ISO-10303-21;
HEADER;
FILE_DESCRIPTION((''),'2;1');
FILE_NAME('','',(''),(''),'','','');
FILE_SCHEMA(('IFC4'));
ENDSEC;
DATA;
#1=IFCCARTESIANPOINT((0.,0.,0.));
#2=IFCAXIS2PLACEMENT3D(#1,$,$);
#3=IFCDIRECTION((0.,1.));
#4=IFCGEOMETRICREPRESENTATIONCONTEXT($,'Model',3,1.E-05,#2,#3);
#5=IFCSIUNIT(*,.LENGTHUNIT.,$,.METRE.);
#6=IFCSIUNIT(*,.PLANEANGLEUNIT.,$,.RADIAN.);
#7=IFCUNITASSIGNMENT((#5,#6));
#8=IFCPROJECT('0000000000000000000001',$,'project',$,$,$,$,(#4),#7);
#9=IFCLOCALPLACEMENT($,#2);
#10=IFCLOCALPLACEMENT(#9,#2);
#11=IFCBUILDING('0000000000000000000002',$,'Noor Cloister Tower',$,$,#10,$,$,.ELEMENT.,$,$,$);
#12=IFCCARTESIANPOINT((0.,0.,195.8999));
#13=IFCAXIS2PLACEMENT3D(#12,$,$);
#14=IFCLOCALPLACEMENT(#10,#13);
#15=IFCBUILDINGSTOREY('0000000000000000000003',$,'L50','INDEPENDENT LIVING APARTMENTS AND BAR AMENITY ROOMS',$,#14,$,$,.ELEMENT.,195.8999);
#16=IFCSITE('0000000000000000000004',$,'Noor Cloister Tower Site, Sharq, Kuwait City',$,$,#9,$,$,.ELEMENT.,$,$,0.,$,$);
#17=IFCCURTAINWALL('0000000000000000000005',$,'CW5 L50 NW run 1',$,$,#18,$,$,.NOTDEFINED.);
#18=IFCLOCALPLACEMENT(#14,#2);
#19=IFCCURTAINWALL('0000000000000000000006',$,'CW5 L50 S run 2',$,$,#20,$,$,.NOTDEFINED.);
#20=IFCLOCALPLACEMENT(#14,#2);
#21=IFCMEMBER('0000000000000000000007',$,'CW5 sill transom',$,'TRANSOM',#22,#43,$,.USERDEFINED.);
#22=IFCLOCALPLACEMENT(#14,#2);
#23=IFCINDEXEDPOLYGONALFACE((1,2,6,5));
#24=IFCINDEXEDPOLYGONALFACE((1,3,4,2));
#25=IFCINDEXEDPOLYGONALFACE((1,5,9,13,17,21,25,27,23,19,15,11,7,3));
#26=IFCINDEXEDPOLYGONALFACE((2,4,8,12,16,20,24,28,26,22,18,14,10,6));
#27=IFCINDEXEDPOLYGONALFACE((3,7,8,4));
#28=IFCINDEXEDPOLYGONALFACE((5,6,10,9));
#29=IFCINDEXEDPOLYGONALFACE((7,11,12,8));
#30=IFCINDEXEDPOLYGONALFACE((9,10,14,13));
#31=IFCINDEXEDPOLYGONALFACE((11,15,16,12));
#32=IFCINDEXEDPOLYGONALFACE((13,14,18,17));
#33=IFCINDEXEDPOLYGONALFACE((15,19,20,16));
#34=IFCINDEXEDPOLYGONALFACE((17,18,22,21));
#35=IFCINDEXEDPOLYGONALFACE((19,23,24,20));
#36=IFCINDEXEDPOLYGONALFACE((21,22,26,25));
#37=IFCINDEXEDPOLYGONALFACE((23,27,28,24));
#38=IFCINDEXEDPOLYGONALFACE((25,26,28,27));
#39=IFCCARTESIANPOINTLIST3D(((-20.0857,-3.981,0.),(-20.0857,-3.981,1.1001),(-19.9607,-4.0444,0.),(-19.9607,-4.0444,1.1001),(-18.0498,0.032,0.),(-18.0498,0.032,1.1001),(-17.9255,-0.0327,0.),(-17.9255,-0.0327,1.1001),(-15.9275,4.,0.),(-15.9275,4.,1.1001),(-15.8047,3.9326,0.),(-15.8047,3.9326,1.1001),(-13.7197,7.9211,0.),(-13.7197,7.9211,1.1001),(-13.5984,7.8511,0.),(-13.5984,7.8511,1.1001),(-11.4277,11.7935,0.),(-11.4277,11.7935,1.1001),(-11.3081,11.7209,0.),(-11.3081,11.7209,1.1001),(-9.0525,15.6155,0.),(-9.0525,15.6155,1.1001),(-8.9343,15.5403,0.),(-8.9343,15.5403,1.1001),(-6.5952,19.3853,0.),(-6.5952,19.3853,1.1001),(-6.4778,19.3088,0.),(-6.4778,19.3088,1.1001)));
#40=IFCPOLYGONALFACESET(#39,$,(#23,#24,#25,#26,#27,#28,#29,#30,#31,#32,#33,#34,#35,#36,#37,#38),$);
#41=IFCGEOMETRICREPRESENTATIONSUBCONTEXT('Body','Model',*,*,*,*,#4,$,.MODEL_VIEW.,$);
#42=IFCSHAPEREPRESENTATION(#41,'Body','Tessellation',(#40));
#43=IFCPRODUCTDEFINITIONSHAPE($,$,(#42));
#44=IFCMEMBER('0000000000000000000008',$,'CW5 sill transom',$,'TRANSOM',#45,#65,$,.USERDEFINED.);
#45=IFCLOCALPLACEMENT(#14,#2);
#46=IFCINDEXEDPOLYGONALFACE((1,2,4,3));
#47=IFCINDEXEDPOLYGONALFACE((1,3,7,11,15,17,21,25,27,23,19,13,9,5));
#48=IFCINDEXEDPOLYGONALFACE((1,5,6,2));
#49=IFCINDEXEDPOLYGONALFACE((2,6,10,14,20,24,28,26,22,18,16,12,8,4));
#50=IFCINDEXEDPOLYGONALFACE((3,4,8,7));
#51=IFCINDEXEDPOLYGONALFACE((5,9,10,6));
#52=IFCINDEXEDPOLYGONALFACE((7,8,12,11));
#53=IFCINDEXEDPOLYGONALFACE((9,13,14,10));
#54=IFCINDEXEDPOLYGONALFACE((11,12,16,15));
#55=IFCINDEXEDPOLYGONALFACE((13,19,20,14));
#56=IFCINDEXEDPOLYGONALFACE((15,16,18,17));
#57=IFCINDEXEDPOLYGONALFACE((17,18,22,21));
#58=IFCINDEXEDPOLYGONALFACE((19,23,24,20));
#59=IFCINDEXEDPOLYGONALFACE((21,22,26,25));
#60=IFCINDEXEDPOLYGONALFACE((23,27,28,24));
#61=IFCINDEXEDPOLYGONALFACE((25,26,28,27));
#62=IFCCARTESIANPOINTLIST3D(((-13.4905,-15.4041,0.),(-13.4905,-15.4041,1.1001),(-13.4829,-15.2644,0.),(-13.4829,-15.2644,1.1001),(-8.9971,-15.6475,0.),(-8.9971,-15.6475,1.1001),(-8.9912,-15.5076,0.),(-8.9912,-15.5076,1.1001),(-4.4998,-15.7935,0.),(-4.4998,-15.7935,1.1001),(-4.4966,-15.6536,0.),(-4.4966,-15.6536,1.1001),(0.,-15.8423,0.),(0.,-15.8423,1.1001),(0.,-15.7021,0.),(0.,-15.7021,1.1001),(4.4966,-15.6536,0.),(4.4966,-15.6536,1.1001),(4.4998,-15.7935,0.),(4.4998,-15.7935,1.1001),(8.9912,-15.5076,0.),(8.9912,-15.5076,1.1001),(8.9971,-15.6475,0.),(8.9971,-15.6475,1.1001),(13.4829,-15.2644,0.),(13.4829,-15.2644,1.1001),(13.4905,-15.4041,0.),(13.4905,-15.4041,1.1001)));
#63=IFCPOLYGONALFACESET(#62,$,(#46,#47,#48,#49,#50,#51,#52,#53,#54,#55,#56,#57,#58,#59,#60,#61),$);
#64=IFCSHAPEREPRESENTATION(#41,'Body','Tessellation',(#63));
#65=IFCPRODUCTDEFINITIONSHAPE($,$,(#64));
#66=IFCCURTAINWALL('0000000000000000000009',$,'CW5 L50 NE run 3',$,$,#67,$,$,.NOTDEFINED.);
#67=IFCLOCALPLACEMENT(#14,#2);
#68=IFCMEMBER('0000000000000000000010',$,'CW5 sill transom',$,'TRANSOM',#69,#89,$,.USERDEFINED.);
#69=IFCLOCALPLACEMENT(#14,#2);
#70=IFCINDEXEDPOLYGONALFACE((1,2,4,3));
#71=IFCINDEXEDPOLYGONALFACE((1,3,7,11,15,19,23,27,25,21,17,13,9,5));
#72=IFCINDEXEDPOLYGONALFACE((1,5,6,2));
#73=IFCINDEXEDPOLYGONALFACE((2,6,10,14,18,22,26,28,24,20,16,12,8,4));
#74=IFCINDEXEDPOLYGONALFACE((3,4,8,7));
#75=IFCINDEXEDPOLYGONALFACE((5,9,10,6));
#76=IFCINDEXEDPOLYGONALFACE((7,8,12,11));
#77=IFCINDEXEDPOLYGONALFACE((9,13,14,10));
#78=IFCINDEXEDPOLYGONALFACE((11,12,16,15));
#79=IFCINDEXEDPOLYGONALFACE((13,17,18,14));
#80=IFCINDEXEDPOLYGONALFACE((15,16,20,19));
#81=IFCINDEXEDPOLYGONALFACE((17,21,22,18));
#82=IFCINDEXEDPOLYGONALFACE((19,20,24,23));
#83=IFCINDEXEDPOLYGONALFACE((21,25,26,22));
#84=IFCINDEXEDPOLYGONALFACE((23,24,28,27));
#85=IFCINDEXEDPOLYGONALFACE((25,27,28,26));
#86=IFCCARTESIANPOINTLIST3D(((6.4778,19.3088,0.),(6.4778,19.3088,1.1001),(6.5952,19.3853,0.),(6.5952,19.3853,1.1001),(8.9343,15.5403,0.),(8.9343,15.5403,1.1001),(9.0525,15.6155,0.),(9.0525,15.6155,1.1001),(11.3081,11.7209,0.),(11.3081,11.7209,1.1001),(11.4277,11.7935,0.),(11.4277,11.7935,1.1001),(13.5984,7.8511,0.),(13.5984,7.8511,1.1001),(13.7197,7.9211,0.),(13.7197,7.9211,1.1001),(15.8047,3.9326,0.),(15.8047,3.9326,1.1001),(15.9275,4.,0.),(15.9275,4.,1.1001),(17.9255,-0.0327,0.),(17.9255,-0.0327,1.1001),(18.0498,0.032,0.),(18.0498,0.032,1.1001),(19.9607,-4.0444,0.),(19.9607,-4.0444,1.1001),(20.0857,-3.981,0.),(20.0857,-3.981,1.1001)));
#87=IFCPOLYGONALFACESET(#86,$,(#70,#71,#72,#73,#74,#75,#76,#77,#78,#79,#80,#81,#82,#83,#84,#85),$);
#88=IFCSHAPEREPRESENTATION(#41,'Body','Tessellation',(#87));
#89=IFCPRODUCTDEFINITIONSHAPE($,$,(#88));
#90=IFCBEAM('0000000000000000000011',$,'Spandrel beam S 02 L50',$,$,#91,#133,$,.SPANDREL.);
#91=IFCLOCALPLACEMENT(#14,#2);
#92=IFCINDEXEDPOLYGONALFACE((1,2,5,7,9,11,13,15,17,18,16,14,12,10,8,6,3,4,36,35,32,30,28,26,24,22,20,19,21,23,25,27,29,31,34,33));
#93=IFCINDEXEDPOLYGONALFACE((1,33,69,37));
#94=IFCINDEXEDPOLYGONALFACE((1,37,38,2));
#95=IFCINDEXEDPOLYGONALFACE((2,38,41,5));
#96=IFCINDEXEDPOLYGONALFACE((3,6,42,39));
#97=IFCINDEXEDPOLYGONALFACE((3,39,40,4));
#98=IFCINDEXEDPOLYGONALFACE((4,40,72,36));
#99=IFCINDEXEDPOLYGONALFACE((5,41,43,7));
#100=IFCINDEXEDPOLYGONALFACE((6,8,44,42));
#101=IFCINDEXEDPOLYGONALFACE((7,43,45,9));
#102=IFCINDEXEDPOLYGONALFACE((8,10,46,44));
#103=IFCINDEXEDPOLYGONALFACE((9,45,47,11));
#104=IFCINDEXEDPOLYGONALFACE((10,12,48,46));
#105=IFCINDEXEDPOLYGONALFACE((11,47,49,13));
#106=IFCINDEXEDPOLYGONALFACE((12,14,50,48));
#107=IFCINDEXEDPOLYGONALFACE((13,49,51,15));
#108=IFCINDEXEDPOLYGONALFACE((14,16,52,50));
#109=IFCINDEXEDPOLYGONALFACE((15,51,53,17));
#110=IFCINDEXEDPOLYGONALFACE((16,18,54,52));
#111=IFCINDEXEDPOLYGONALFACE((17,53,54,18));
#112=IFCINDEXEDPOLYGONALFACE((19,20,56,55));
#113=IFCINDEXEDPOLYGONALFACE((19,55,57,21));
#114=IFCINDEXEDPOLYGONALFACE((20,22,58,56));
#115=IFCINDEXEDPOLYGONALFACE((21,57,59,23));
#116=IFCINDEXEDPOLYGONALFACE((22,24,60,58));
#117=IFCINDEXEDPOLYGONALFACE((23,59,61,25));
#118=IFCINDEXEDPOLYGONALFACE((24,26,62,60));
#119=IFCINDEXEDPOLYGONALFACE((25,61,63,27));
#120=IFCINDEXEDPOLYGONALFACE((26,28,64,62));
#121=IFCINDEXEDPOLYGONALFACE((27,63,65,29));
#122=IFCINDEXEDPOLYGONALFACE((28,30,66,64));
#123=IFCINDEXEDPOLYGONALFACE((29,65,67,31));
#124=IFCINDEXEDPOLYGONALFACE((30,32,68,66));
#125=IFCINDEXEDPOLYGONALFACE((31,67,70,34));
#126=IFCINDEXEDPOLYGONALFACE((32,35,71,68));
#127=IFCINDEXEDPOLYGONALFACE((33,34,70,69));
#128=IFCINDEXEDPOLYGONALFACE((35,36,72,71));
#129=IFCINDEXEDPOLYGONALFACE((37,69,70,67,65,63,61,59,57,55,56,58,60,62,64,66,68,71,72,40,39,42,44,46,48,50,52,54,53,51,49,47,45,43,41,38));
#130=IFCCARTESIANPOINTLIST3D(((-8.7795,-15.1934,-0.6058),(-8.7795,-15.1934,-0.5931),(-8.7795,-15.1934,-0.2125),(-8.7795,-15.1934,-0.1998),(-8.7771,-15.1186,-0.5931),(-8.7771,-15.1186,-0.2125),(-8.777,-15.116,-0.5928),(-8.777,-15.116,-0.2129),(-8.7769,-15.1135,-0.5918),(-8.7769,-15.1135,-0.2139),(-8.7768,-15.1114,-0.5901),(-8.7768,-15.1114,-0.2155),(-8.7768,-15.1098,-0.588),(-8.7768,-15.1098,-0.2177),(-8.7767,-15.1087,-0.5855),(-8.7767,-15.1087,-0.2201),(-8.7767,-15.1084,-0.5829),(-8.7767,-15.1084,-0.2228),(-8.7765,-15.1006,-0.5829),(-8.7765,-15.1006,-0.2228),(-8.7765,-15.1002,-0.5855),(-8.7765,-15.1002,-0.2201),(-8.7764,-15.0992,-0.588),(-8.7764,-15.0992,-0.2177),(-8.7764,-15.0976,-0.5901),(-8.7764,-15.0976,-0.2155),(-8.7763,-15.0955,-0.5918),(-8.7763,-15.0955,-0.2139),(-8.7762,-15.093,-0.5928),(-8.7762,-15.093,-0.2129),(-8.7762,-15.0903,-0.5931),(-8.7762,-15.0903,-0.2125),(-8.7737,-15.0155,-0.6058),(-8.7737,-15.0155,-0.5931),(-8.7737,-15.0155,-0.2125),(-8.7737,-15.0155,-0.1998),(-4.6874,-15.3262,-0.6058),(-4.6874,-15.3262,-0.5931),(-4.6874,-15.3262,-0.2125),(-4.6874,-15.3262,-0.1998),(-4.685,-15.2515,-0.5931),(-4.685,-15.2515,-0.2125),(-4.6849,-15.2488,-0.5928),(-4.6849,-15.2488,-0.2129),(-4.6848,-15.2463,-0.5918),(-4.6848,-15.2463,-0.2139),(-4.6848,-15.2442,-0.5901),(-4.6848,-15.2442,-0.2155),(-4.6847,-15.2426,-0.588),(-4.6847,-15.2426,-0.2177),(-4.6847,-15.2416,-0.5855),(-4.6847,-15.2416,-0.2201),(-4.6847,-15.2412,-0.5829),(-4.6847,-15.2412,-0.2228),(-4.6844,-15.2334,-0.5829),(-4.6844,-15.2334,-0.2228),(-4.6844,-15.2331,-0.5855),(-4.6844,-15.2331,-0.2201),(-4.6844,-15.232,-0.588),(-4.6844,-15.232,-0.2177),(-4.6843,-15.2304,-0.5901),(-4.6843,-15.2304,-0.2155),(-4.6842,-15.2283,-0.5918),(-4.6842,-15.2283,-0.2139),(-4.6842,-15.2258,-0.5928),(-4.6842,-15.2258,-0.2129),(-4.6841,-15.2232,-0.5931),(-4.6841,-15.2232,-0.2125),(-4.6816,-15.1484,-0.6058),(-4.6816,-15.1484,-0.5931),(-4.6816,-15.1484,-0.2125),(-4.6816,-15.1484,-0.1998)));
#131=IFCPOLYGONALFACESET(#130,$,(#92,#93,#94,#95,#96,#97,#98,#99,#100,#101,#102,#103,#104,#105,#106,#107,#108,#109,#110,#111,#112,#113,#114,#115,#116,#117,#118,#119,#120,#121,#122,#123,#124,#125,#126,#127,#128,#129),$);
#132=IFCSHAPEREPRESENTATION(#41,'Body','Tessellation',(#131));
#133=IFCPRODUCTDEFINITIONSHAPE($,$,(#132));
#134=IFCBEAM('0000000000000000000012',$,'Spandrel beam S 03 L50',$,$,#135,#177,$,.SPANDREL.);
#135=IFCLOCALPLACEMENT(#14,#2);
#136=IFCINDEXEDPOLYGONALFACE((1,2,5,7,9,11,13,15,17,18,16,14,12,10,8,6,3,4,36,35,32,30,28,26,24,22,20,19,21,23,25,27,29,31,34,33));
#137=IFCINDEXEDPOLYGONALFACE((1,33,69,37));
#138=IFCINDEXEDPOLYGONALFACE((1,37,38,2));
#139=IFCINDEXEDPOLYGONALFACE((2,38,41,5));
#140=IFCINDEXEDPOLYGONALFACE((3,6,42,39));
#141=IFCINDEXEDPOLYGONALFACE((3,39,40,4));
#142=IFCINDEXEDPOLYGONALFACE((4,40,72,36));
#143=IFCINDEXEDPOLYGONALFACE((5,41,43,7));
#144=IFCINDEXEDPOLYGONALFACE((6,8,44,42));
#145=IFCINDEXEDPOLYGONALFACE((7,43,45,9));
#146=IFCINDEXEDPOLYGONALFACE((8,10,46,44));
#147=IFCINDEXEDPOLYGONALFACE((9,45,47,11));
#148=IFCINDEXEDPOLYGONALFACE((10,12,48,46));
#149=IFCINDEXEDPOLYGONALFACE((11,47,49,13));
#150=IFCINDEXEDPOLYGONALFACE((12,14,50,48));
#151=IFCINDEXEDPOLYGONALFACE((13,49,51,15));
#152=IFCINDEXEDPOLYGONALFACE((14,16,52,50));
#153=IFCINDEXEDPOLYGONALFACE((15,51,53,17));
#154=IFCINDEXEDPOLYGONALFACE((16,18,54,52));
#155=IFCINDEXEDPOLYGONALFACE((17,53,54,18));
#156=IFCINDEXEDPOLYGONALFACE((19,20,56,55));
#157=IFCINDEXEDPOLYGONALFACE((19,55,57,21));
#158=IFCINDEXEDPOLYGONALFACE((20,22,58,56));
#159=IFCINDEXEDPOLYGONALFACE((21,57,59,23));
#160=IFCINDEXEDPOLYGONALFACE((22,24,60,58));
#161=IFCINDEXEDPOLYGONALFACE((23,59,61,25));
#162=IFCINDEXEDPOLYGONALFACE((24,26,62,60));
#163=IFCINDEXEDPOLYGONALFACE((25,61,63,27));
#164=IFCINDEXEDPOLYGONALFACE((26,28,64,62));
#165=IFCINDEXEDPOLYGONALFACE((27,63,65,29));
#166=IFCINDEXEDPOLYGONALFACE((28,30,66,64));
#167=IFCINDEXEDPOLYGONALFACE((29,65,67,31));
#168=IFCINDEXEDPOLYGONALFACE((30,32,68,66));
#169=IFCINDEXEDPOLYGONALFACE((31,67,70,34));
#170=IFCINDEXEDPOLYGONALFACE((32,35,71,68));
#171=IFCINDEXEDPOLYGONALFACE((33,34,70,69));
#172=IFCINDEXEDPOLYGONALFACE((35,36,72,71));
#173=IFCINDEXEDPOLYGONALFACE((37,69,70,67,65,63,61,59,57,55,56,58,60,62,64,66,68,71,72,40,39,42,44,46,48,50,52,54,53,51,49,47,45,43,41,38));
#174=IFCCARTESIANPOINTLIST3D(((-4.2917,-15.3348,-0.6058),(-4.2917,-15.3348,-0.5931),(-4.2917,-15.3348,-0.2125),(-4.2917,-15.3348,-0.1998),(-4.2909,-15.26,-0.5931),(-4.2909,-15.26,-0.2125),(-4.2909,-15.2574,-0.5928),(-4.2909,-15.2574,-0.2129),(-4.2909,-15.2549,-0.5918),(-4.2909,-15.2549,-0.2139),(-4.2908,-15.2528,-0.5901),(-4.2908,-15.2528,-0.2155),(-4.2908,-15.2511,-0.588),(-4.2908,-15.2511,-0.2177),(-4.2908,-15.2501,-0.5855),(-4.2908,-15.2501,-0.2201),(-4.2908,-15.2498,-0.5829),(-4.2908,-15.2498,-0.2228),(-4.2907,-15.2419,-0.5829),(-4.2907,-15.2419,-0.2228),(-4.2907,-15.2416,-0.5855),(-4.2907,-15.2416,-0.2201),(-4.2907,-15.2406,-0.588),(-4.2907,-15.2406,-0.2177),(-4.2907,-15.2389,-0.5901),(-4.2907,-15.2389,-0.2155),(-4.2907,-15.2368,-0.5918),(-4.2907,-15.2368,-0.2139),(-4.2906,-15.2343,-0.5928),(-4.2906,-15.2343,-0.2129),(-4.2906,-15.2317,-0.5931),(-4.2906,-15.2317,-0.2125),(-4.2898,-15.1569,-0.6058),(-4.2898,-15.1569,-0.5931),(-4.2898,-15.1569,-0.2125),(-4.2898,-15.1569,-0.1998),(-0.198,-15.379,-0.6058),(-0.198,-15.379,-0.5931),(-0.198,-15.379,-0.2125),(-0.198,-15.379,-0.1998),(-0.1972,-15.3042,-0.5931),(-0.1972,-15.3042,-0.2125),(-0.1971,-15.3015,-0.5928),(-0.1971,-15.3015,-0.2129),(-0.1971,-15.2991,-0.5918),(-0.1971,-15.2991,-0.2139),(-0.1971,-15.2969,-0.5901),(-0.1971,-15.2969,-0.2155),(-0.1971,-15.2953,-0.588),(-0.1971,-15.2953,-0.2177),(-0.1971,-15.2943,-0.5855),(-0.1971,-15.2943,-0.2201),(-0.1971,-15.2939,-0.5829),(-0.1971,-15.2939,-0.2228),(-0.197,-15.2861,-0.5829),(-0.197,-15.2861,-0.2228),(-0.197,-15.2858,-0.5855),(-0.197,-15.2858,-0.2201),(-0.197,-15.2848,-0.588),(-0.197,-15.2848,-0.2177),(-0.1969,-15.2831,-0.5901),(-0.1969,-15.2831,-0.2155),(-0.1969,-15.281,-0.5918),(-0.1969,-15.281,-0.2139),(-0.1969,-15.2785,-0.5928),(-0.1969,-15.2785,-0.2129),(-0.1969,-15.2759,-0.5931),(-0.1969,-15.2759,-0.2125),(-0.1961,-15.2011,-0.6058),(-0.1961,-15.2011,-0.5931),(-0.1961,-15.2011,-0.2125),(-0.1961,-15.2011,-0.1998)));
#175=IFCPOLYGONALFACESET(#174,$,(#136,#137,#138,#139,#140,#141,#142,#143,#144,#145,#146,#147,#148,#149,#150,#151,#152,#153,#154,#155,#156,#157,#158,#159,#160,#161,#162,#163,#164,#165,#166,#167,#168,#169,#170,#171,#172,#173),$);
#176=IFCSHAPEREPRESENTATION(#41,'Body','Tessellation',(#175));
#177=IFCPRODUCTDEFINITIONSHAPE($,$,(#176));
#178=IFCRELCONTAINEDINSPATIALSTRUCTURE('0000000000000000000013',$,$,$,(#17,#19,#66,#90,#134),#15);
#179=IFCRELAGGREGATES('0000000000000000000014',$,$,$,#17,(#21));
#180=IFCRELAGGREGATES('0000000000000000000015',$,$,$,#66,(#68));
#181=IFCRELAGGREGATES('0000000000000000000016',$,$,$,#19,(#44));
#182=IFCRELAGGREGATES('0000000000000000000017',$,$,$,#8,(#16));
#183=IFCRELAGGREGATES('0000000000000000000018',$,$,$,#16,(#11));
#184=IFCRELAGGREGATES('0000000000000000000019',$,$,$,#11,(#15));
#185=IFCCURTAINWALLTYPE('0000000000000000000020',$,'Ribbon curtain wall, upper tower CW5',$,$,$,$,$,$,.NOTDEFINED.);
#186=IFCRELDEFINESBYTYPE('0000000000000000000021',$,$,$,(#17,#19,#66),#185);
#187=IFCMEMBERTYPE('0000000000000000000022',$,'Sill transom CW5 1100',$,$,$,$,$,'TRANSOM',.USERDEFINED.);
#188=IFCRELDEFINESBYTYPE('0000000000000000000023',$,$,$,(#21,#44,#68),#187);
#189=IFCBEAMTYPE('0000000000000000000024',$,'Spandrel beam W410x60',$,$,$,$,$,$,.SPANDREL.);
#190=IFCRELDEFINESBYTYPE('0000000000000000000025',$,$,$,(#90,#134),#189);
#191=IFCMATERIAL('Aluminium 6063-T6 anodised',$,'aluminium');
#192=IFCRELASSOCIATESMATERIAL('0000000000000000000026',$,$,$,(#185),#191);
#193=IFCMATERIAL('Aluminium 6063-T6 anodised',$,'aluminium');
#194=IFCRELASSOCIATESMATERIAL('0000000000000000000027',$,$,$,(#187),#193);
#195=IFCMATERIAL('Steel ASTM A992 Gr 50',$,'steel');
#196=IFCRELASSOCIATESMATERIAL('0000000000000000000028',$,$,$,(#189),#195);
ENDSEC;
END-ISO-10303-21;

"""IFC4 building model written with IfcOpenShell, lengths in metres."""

from ifc_helpers import new_model, si_unit, direction, frame, origin, origin_2d, place, context, subcontext, project, spatial, polyline, i_section, outline, extrude, material, material_profile, profile_set, type_object, element, aggregate, save


model = new_model("IFC4")

# Units and contexts
model_context = context("Model", 3, precision=1e-05, world=origin(), true_north=direction((0.0, 1.0)))
body_context = subcontext(model_context, "Body", "Model", "MODEL_VIEW")
ifc_project = project(units=[si_unit("LENGTHUNIT", "METRE"), si_unit("PLANEANGLEUNIT", "RADIAN")], contexts=[model_context])

# Site, building, storey
site_placement = place(None, origin())
site = spatial("IfcSite", under=ifc_project, at=site_placement, Name="Noor Cloister Tower Site, Sharq, Kuwait City", CompositionType="ELEMENT", RefElevation=0.0)
building_placement = place(site_placement, origin())
building = spatial("IfcBuilding", under=site, at=building_placement, Name="Noor Cloister Tower", CompositionType="ELEMENT")
storey_placement = place(building_placement, frame((0.0, 0.0, 195.8999)))
storey = spatial("IfcBuildingStorey", under=building, at=storey_placement, Name="L50", Description="INDEPENDENT LIVING APARTMENTS AND BAR AMENITY ROOMS", CompositionType="ELEMENT", Elevation=195.8999)

# Curtain wall
ifc_material_1 = material(Name="Aluminium 6063-T6 anodised", Category="aluminium")
curtain_wall_type = type_object("IfcCurtainWallType", Name="Ribbon curtain wall, upper tower CW5", PredefinedType="NOTDEFINED", material=ifc_material_1)
curtain_wall_1_placement = place(storey_placement, origin())
curtain_wall_1 = element("IfcCurtainWall", 1, at=curtain_wall_1_placement, inside=storey, type_object=curtain_wall_type, Name="CW5 L50 NW run 1", PredefinedType="NOTDEFINED")

# Curtain wall
curtain_wall_2_placement = place(storey_placement, origin())
curtain_wall_2 = element("IfcCurtainWall", 2, at=curtain_wall_2_placement, inside=storey, type_object=curtain_wall_type, Name="CW5 L50 S run 2", PredefinedType="NOTDEFINED")

# Members
ifc_material_2 = material(Name="Aluminium 6063-T6 anodised", Category="aluminium")
member_type_1 = type_object("IfcMemberType", Name="Sill transom CW5 1100", ElementType="TRANSOM", PredefinedType="USERDEFINED", material=ifc_material_2)
member_1_placement = place(storey_placement, origin())
member_1 = element("IfcMember", 3, at=member_1_placement, type_object=member_type_1, Name="CW5 sill transom", ObjectType="TRANSOM", PredefinedType="USERDEFINED", context=body_context, shape_type="SweptSolid", body=[
    extrude(outline(polyline([(-6.5952, 19.3853), (-9.0525, 15.6155), (-11.4277, 11.7935), (-13.7197, 7.9211), (-15.9275, 4.0), (-18.0498, 0.032), (-20.0857, -3.981), (-19.9607, -4.0444), (-17.9255, -0.0327), (-15.8047, 3.9326), (-13.5984, 7.8511), (-11.3081, 11.7209), (-8.9343, 15.5403), (-6.4778, 19.3088), (-6.5952, 19.3853)])), origin(), (0.0, 0.0, 1.0), 1.1001),
])
aggregate(curtain_wall_1, [member_1])
member_2_placement = place(storey_placement, origin())
member_2 = element("IfcMember", 4, at=member_2_placement, type_object=member_type_1, Name="CW5 sill transom", ObjectType="TRANSOM", PredefinedType="USERDEFINED", context=body_context, shape_type="SweptSolid", body=[
    extrude(outline(polyline([(-13.4905, -15.4041), (-8.9971, -15.6475), (-4.4998, -15.7935), (0.0, -15.8423), (4.4998, -15.7935), (8.9971, -15.6475), (13.4905, -15.4041), (13.4829, -15.2644), (8.9912, -15.5076), (4.4966, -15.6536), (0.0, -15.7021), (-4.4966, -15.6536), (-8.9912, -15.5076), (-13.4829, -15.2644), (-13.4905, -15.4041)])), origin(), (0.0, 0.0, 1.0), 1.1001),
])

# Curtain wall, member
curtain_wall_3_placement = place(storey_placement, origin())
curtain_wall_3 = element("IfcCurtainWall", 5, at=curtain_wall_3_placement, inside=storey, type_object=curtain_wall_type, Name="CW5 L50 NE run 3", PredefinedType="NOTDEFINED")
member_3_placement = place(storey_placement, origin())
member_3 = element("IfcMember", 6, at=member_3_placement, type_object=member_type_1, Name="CW5 sill transom", ObjectType="TRANSOM", PredefinedType="USERDEFINED", context=body_context, shape_type="SweptSolid", body=[
    extrude(outline(polyline([(20.0857, -3.981), (18.0498, 0.032), (15.9275, 4.0), (13.7197, 7.9211), (11.4277, 11.7935), (9.0525, 15.6155), (6.5952, 19.3853), (6.4778, 19.3088), (8.9343, 15.5403), (11.3081, 11.7209), (13.5984, 7.8511), (15.8047, 3.9326), (17.9255, -0.0327), (19.9607, -4.0444), (20.0857, -3.981)])), origin(), (0.0, 0.0, 1.0), 1.1001),
])
aggregate(curtain_wall_3, [member_3])

# Beams
ifc_material_3 = material(Name="Steel ASTM A992 Gr 50", Category="steel")
ifc_material_profile_1 = material_profile(ifc_material_3, i_section(OverallWidth=0.178, OverallDepth=0.406, WebThickness=0.0078, FlangeThickness=0.0127, FilletRadius=0.0103, at=origin_2d()), Name="W410x60")
ifc_profile_set_1 = profile_set([ifc_material_profile_1], Name="Steel ASTM A992 Gr 50")
beam_type_1 = type_object("IfcBeamType", Name="Spandrel beam W410x60", PredefinedType="SPANDREL", material=ifc_profile_set_1)
beam_1_placement = place(storey_placement, frame((-8.7766, -15.1045, -0.4028), z_axis=(0.999474, -0.032439, 0.0), x_axis=(0.032439, 0.999474, 0.0)))
element("IfcBeam", 7, at=beam_1_placement, inside=storey, type_object=beam_type_1, Name="Spandrel beam S 02 L50", PredefinedType="SPANDREL", context=body_context, shape_type="SweptSolid", body=[
    extrude(i_section(OverallWidth=0.178, OverallDepth=0.406, WebThickness=0.0078, FlangeThickness=0.0127, FilletRadius=0.0103, at=origin_2d()), origin(), (0.0, 0.0, 1.0), 4.0942),
])
beam_2_placement = place(storey_placement, frame((-4.2908, -15.2458, -0.4028), z_axis=(0.999942, -0.010794, 0.0), x_axis=(0.010794, 0.999942, 0.0)))
element("IfcBeam", 8, at=beam_2_placement, inside=storey, type_object=beam_type_1, Name="Spandrel beam S 03 L50", PredefinedType="SPANDREL", context=body_context, shape_type="SweptSolid", body=[
    extrude(i_section(OverallWidth=0.178, OverallDepth=0.406, WebThickness=0.0078, FlangeThickness=0.0127, FilletRadius=0.0103, at=origin_2d()), origin(), (0.0, 0.0, 1.0), 4.094),
])

aggregate(curtain_wall_2, [member_2])

save(model, "model.ifc")
